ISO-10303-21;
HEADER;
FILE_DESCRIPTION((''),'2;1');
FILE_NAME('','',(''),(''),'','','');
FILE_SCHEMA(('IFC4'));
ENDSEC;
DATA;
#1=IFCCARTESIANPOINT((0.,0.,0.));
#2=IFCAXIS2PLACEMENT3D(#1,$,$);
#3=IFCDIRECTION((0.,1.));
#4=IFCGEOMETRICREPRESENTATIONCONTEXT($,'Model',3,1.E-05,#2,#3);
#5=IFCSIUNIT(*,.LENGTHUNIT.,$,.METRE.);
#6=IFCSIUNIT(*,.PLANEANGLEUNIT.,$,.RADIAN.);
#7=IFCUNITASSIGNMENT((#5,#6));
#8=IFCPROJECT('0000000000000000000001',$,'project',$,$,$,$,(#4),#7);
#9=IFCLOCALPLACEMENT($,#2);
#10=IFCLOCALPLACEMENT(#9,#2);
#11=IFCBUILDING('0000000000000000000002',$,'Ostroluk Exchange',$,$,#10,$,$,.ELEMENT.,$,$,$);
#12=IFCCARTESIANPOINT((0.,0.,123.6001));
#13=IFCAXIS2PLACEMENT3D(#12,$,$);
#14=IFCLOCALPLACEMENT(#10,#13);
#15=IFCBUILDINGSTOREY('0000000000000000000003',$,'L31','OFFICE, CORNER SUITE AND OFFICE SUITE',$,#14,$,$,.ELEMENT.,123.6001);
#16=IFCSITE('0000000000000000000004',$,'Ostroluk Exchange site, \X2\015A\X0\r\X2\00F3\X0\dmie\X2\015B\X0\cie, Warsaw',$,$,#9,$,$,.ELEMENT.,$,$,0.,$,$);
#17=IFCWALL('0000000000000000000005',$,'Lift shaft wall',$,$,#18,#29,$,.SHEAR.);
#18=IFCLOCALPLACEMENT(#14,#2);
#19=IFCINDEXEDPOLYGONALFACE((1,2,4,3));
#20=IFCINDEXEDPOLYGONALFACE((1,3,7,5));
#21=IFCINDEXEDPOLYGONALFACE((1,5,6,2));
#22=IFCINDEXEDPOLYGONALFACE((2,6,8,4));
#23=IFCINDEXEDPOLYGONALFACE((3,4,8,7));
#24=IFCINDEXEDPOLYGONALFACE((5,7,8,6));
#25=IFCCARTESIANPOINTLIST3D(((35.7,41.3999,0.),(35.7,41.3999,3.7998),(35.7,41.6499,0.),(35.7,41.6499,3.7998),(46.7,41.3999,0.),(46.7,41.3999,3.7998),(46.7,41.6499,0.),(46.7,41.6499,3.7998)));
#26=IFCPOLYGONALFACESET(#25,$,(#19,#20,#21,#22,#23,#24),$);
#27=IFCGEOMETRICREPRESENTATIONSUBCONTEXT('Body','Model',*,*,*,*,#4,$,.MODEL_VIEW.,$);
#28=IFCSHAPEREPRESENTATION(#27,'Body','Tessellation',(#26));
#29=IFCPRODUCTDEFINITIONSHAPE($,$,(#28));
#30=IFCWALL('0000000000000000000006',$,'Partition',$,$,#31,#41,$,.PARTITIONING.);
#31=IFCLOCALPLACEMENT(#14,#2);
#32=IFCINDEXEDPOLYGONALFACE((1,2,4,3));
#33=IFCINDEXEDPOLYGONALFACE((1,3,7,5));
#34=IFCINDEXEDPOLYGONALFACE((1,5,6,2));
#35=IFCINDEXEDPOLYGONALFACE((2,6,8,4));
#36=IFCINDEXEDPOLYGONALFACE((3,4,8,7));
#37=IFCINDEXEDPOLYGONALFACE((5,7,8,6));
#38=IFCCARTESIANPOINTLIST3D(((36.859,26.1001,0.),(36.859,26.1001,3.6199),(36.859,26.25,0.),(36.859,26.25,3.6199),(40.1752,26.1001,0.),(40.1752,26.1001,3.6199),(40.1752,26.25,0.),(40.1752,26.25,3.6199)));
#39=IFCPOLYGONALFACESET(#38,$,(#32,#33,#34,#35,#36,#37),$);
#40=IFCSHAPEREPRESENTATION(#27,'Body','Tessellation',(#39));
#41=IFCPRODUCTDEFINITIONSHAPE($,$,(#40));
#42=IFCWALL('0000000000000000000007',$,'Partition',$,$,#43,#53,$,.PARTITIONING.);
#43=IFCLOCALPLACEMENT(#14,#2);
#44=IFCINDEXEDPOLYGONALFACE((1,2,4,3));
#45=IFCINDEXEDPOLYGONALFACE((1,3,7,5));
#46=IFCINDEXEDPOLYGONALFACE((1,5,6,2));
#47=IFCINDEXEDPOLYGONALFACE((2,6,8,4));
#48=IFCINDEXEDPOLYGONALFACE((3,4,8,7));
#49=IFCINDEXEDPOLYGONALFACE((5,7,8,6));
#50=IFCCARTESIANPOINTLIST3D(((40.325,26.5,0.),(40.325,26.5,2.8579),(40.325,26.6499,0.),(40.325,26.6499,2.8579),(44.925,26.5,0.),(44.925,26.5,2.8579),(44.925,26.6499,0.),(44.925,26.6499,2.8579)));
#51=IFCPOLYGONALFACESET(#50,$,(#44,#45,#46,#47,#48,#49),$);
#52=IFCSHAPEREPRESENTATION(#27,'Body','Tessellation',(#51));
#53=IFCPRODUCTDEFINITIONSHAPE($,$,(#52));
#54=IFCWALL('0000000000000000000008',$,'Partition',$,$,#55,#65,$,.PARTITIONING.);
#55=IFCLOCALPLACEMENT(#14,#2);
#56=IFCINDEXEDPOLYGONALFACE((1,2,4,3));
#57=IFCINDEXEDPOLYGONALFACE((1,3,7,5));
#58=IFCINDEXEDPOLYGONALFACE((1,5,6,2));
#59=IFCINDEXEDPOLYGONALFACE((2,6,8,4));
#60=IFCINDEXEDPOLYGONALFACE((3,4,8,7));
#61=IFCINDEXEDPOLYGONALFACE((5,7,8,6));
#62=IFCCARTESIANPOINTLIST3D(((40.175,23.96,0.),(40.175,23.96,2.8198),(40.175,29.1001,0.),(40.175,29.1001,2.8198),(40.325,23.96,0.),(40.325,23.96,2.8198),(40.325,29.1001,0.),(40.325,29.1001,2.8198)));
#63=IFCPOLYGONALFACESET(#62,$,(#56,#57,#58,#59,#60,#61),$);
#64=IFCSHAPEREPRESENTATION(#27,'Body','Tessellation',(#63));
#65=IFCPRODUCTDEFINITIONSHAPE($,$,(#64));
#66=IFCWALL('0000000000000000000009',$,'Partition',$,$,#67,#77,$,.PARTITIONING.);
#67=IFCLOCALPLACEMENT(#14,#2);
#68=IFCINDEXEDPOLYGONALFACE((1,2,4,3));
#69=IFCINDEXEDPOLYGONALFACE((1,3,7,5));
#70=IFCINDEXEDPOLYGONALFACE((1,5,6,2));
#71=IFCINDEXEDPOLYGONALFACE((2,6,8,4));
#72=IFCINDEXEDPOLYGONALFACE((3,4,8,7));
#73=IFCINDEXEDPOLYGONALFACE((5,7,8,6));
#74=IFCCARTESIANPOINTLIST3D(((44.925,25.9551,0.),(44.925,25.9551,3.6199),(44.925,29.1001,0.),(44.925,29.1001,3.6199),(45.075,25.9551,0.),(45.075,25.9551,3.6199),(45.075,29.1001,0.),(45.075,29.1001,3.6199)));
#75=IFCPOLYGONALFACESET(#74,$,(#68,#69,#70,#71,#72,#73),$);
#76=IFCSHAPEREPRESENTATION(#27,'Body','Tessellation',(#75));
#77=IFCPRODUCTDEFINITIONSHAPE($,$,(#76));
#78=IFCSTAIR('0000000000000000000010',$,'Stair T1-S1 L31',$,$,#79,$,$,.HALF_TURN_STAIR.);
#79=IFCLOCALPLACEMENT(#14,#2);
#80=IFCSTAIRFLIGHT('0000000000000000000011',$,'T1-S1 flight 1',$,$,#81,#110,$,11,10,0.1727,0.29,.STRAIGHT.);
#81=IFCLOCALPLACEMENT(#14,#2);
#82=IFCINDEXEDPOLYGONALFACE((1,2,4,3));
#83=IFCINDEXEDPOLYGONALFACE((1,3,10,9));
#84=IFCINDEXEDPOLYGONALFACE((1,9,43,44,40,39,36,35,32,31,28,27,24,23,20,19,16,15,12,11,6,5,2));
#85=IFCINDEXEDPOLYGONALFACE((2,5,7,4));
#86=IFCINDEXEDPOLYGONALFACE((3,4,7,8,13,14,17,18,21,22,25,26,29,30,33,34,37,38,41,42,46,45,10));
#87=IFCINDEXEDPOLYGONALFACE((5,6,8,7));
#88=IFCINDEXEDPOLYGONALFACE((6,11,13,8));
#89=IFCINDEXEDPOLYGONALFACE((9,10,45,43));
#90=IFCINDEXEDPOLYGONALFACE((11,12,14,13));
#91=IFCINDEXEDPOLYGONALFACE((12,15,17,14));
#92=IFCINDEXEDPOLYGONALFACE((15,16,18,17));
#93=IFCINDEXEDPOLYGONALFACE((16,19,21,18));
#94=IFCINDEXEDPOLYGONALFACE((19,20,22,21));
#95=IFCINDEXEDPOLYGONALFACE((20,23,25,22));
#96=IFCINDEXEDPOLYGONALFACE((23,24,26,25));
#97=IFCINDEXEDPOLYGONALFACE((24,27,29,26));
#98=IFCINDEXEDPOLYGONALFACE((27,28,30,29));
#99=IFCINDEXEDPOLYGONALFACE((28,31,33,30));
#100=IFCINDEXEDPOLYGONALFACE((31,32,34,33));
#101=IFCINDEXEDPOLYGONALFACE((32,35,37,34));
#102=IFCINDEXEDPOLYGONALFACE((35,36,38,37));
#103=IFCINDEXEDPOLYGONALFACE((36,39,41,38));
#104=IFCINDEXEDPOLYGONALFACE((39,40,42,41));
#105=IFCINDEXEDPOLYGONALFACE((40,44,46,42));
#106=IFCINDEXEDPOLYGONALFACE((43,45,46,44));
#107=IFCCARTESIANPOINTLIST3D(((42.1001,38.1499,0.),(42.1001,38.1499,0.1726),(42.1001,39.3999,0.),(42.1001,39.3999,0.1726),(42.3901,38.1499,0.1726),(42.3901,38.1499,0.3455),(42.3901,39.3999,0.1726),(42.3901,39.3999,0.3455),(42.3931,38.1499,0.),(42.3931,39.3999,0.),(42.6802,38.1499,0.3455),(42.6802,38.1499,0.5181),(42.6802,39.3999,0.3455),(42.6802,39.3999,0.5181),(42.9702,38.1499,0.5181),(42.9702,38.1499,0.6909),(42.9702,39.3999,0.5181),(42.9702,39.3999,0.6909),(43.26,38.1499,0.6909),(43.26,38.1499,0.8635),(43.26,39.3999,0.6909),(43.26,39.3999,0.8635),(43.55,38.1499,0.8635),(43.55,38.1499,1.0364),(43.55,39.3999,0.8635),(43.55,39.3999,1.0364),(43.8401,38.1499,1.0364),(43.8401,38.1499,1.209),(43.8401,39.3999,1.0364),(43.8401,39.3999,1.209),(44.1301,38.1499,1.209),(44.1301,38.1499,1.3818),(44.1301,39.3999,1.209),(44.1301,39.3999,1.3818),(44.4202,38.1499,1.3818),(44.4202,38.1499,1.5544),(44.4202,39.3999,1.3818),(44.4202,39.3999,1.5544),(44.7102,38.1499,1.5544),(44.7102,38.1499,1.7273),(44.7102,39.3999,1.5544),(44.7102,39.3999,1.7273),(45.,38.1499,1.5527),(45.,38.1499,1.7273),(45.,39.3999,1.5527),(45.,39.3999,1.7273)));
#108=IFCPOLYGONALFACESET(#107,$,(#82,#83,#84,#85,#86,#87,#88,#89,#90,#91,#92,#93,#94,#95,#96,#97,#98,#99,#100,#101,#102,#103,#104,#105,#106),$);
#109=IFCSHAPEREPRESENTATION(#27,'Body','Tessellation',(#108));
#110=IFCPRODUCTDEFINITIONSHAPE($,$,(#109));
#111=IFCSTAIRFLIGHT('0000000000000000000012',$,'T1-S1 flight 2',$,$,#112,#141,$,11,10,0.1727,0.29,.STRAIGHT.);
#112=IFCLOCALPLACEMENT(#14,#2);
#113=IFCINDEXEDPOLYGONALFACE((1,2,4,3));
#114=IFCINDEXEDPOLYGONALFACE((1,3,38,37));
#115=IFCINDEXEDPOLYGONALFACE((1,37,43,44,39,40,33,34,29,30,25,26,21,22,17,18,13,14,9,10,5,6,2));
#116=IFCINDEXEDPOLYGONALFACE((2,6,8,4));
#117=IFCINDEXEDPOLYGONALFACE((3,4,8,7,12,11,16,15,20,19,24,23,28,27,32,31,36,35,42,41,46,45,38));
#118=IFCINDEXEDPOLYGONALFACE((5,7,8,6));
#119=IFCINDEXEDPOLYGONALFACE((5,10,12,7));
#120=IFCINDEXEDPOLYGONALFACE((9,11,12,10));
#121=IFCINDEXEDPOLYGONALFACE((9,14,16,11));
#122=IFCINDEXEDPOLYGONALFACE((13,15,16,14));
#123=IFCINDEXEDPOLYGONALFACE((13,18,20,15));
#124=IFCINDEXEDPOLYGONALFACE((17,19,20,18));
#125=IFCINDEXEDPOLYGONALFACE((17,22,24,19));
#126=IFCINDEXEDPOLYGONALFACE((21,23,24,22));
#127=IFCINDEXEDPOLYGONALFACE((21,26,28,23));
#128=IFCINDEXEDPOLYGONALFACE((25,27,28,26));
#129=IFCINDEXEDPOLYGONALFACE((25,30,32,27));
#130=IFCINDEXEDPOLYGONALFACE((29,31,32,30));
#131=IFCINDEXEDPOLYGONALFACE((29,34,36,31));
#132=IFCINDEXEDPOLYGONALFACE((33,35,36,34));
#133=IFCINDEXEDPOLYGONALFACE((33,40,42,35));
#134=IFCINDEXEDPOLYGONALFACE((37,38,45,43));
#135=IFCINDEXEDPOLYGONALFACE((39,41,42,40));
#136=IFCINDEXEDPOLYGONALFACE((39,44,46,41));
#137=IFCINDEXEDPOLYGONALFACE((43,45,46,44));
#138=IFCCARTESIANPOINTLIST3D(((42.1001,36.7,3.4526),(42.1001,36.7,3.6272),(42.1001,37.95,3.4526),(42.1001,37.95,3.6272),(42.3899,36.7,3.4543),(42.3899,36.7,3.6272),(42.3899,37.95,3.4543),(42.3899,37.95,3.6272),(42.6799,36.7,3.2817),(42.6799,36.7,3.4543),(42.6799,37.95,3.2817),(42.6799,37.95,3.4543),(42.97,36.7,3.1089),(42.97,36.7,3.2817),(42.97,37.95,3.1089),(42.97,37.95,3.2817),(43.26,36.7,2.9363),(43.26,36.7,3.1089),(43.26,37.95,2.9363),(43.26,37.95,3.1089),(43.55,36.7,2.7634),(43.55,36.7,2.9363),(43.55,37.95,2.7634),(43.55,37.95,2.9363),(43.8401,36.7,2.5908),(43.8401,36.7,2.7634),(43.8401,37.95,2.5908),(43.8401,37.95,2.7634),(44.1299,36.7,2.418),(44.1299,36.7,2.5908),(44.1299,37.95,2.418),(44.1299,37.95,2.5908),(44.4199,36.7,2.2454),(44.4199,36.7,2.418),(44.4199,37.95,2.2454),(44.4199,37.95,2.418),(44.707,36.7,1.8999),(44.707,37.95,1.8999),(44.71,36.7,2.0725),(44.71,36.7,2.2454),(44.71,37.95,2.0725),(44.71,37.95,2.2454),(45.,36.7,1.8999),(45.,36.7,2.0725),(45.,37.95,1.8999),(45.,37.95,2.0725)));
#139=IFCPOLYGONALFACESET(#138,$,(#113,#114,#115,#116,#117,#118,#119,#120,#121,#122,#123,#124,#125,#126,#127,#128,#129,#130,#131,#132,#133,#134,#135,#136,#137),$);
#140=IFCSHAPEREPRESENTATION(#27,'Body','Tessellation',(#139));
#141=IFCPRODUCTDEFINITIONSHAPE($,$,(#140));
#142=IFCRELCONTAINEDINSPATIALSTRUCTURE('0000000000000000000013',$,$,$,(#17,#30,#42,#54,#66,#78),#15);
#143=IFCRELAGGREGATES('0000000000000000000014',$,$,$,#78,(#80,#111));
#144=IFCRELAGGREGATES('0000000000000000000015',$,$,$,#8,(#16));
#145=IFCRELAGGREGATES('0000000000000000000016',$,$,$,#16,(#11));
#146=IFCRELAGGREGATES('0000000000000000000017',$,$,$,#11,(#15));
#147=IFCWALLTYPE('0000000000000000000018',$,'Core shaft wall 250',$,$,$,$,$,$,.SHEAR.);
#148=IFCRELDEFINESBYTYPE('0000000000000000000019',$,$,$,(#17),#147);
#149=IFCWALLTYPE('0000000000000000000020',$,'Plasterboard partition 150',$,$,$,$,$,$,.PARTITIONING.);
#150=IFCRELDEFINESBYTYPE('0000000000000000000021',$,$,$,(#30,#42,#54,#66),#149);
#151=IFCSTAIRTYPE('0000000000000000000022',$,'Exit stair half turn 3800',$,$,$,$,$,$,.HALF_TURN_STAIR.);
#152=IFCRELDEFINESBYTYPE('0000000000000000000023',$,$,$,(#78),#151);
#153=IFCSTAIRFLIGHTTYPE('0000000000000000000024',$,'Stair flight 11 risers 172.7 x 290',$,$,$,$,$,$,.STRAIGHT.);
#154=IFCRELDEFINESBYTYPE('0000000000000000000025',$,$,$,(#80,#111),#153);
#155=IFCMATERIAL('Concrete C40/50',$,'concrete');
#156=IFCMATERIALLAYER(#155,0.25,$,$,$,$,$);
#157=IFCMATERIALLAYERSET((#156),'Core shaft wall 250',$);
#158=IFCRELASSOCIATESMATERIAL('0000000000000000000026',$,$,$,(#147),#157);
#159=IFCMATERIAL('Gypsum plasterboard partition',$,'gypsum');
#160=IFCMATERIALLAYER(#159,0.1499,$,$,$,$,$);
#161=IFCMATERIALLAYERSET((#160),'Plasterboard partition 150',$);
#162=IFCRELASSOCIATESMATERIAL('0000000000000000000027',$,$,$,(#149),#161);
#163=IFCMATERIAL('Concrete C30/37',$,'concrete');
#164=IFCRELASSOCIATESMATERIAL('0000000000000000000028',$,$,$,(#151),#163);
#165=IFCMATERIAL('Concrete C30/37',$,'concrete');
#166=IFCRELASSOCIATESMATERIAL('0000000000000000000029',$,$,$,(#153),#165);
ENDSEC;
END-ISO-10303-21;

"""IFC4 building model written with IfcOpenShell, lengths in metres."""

from ifc_helpers import new_model, si_unit, direction, frame, frame_2d, origin, place, context, subcontext, project, spatial, polyline, rectangle, outline, extrude, material, layer, layer_set, type_object, element, aggregate, save


model = new_model("IFC4")

# Units and contexts
model_context = context("Model", 3, precision=1e-05, world=origin(), true_north=direction((0.0, 1.0)))
body_context = subcontext(model_context, "Body", "Model", "MODEL_VIEW")
ifc_project = project(units=[si_unit("LENGTHUNIT", "METRE"), si_unit("PLANEANGLEUNIT", "RADIAN")], contexts=[model_context])

# Site, building, storey
site_placement = place(None, origin())
site = spatial("IfcSite", under=ifc_project, at=site_placement, Name="Ostroluk Exchange site, Śródmieście, Warsaw", CompositionType="ELEMENT", RefElevation=0.0)
building_placement = place(site_placement, origin())
building = spatial("IfcBuilding", under=site, at=building_placement, Name="Ostroluk Exchange", CompositionType="ELEMENT")
storey_placement = place(building_placement, frame((0.0, 0.0, 123.6001)))
storey = spatial("IfcBuildingStorey", under=building, at=storey_placement, Name="L31", Description="OFFICE, CORNER SUITE AND OFFICE SUITE", CompositionType="ELEMENT", Elevation=123.6001)

# Shared definitions
ifc_material_1 = material(Name="Concrete C40/50", Category="concrete")
ifc_layer_1 = layer(ifc_material_1, 0.25)
ifc_layer_set_1 = layer_set([ifc_layer_1], Name="Core shaft wall 250")
wall_type_1 = type_object("IfcWallType", Name="Core shaft wall 250", PredefinedType="SHEAR", material=ifc_layer_set_1)

# Walls
wall_1_placement = place(storey_placement, frame((35.7, 41.5249, 0.0), z_axis=(0.0, 0.0, 1.0), x_axis=(1.0, 0.0, 0.0)))
element("IfcWall", 1, at=wall_1_placement, inside=storey, type_object=wall_type_1, Name="Lift shaft wall", PredefinedType="SHEAR", context=body_context, shape_type="SweptSolid", body=[
    extrude(rectangle(XDim=11.0, YDim=0.25, at=frame_2d((5.5, 0.0))), origin(), (0.0, 0.0, 1.0), 3.7998),
])
ifc_material_2 = material(Name="Gypsum plasterboard partition", Category="gypsum")
ifc_layer_2 = layer(ifc_material_2, 0.1499)
ifc_layer_set_2 = layer_set([ifc_layer_2], Name="Plasterboard partition 150")
wall_type_2 = type_object("IfcWallType", Name="Plasterboard partition 150", PredefinedType="PARTITIONING", material=ifc_layer_set_2)
wall_2_placement = place(storey_placement, frame((36.8589, 26.175, 0.0), z_axis=(0.0, 0.0, 1.0), x_axis=(1.0, 0.0, 0.0)))
element("IfcWall", 2, at=wall_2_placement, inside=storey, type_object=wall_type_2, Name="Partition", PredefinedType="PARTITIONING", context=body_context, shape_type="SweptSolid", body=[
    extrude(rectangle(XDim=3.3162, YDim=0.1499, at=frame_2d((1.6582, 0.0))), origin(), (0.0, 0.0, 1.0), 3.6199),
])
wall_3_placement = place(storey_placement, frame((40.325, 26.575, 0.0), z_axis=(0.0, 0.0, 1.0), x_axis=(1.0, 0.0, 0.0)))
element("IfcWall", 3, at=wall_3_placement, inside=storey, type_object=wall_type_2, Name="Partition", PredefinedType="PARTITIONING", context=body_context, shape_type="SweptSolid", body=[
    extrude(rectangle(XDim=4.6001, YDim=0.1499, at=frame_2d((2.3, 0.0))), origin(), (0.0, 0.0, 1.0), 2.8579),
])
wall_4_placement = place(storey_placement, frame((40.25, 29.1001, 0.0), z_axis=(0.0, 0.0, 1.0), x_axis=(0.0, -1.0, 0.0)))
element("IfcWall", 4, at=wall_4_placement, inside=storey, type_object=wall_type_2, Name="Partition", PredefinedType="PARTITIONING", context=body_context, shape_type="SweptSolid", body=[
    extrude(rectangle(XDim=5.1401, YDim=0.1499, at=frame_2d((2.5701, 0.0))), origin(), (0.0, 0.0, 1.0), 2.8198),
])
wall_5_placement = place(storey_placement, frame((45.0, 29.1001, 0.0), z_axis=(0.0, 0.0, 1.0), x_axis=(0.0, -1.0, 0.0)))
element("IfcWall", 5, at=wall_5_placement, inside=storey, type_object=wall_type_2, Name="Partition", PredefinedType="PARTITIONING", context=body_context, shape_type="SweptSolid", body=[
    extrude(rectangle(XDim=3.145, YDim=0.1499, at=frame_2d((1.5725, 0.0))), origin(), (0.0, 0.0, 1.0), 3.6199),
])

# Stair, stair flights
ifc_material_3 = material(Name="Concrete C30/37", Category="concrete")
stair_type = type_object("IfcStairType", Name="Exit stair half turn 3800", PredefinedType="HALF_TURN_STAIR", material=ifc_material_3)
stair_placement = place(storey_placement, origin())
stair = element("IfcStair", 6, at=stair_placement, inside=storey, type_object=stair_type, Name="Stair T1-S1 L31", PredefinedType="HALF_TURN_STAIR")
ifc_material_4 = material(Name="Concrete C30/37", Category="concrete")
stair_flight_type = type_object("IfcStairFlightType", Name="Stair flight 11 risers 172.7 x 290", PredefinedType="STRAIGHT", material=ifc_material_4)
stair_flight_1_placement = place(storey_placement, frame((42.1001, 38.7749, 0.0), z_axis=(0.0, 0.0, 1.0), x_axis=(1.0, 0.0, 0.0)))
stair_flight_1 = element("IfcStairFlight", 7, at=stair_flight_1_placement, type_object=stair_flight_type, Name="T1-S1 flight 1", NumberOfRisers=11, NumberOfTreads=10, PredefinedType="STRAIGHT", RiserHeight=0.1727, TreadLength=0.29, context=body_context, shape_type="SweptSolid", body=[
    extrude(outline(polyline([(0.0, 0.0), (0.0, 0.1726), (0.29, 0.1726), (0.29, 0.3455), (0.5801, 0.3455), (0.5801, 0.5181), (0.8701, 0.5181), (0.8701, 0.6909), (1.1599, 0.6909), (1.1599, 0.8635), (1.45, 0.8635), (1.45, 1.0364), (1.74, 1.0364), (1.74, 1.209), (2.03, 1.209), (2.03, 1.3818), (2.3201, 1.3818), (2.3201, 1.5544), (2.6101, 1.5544), (2.6101, 1.7273), (2.8999, 1.7273), (2.8999, 1.8999), (2.8999, 1.5527), (0.293, 0.0), (0.0, 0.0)])), frame((0.0, 0.625, 0.0), z_axis=(0.0, -1.0, 0.0), x_axis=(1.0, 0.0, 0.0)), (0.0, 0.0, 1.0), 1.25),
])
stair_flight_2_placement = place(storey_placement, frame((45.0, 37.325, 1.8999), z_axis=(0.0, 0.0, 1.0), x_axis=(-1.0, 0.0, 0.0)))
stair_flight_2 = element("IfcStairFlight", 8, at=stair_flight_2_placement, type_object=stair_flight_type, Name="T1-S1 flight 2", NumberOfRisers=11, NumberOfTreads=10, PredefinedType="STRAIGHT", RiserHeight=0.1727, TreadLength=0.29, context=body_context, shape_type="SweptSolid", body=[
    extrude(outline(polyline([(0.0, 0.0), (0.0, 0.1726), (0.29, 0.1726), (0.29, 0.3455), (0.5801, 0.3455), (0.5801, 0.5181), (0.8701, 0.5181), (0.8701, 0.6909), (1.1599, 0.6909), (1.1599, 0.8635), (1.45, 0.8635), (1.45, 1.0364), (1.74, 1.0364), (1.74, 1.209), (2.03, 1.209), (2.03, 1.3818), (2.3201, 1.3818), (2.3201, 1.5544), (2.6101, 1.5544), (2.6101, 1.7273), (2.8999, 1.7273), (2.8999, 1.8999), (2.8999, 1.5527), (0.293, 0.0), (0.0, 0.0)])), frame((0.0, 0.625, 0.0), z_axis=(0.0, -1.0, 0.0), x_axis=(1.0, 0.0, 0.0)), (0.0, 0.0, 1.0), 1.25),
])
aggregate(stair, [stair_flight_1, stair_flight_2])

save(model, "model.ifc")
